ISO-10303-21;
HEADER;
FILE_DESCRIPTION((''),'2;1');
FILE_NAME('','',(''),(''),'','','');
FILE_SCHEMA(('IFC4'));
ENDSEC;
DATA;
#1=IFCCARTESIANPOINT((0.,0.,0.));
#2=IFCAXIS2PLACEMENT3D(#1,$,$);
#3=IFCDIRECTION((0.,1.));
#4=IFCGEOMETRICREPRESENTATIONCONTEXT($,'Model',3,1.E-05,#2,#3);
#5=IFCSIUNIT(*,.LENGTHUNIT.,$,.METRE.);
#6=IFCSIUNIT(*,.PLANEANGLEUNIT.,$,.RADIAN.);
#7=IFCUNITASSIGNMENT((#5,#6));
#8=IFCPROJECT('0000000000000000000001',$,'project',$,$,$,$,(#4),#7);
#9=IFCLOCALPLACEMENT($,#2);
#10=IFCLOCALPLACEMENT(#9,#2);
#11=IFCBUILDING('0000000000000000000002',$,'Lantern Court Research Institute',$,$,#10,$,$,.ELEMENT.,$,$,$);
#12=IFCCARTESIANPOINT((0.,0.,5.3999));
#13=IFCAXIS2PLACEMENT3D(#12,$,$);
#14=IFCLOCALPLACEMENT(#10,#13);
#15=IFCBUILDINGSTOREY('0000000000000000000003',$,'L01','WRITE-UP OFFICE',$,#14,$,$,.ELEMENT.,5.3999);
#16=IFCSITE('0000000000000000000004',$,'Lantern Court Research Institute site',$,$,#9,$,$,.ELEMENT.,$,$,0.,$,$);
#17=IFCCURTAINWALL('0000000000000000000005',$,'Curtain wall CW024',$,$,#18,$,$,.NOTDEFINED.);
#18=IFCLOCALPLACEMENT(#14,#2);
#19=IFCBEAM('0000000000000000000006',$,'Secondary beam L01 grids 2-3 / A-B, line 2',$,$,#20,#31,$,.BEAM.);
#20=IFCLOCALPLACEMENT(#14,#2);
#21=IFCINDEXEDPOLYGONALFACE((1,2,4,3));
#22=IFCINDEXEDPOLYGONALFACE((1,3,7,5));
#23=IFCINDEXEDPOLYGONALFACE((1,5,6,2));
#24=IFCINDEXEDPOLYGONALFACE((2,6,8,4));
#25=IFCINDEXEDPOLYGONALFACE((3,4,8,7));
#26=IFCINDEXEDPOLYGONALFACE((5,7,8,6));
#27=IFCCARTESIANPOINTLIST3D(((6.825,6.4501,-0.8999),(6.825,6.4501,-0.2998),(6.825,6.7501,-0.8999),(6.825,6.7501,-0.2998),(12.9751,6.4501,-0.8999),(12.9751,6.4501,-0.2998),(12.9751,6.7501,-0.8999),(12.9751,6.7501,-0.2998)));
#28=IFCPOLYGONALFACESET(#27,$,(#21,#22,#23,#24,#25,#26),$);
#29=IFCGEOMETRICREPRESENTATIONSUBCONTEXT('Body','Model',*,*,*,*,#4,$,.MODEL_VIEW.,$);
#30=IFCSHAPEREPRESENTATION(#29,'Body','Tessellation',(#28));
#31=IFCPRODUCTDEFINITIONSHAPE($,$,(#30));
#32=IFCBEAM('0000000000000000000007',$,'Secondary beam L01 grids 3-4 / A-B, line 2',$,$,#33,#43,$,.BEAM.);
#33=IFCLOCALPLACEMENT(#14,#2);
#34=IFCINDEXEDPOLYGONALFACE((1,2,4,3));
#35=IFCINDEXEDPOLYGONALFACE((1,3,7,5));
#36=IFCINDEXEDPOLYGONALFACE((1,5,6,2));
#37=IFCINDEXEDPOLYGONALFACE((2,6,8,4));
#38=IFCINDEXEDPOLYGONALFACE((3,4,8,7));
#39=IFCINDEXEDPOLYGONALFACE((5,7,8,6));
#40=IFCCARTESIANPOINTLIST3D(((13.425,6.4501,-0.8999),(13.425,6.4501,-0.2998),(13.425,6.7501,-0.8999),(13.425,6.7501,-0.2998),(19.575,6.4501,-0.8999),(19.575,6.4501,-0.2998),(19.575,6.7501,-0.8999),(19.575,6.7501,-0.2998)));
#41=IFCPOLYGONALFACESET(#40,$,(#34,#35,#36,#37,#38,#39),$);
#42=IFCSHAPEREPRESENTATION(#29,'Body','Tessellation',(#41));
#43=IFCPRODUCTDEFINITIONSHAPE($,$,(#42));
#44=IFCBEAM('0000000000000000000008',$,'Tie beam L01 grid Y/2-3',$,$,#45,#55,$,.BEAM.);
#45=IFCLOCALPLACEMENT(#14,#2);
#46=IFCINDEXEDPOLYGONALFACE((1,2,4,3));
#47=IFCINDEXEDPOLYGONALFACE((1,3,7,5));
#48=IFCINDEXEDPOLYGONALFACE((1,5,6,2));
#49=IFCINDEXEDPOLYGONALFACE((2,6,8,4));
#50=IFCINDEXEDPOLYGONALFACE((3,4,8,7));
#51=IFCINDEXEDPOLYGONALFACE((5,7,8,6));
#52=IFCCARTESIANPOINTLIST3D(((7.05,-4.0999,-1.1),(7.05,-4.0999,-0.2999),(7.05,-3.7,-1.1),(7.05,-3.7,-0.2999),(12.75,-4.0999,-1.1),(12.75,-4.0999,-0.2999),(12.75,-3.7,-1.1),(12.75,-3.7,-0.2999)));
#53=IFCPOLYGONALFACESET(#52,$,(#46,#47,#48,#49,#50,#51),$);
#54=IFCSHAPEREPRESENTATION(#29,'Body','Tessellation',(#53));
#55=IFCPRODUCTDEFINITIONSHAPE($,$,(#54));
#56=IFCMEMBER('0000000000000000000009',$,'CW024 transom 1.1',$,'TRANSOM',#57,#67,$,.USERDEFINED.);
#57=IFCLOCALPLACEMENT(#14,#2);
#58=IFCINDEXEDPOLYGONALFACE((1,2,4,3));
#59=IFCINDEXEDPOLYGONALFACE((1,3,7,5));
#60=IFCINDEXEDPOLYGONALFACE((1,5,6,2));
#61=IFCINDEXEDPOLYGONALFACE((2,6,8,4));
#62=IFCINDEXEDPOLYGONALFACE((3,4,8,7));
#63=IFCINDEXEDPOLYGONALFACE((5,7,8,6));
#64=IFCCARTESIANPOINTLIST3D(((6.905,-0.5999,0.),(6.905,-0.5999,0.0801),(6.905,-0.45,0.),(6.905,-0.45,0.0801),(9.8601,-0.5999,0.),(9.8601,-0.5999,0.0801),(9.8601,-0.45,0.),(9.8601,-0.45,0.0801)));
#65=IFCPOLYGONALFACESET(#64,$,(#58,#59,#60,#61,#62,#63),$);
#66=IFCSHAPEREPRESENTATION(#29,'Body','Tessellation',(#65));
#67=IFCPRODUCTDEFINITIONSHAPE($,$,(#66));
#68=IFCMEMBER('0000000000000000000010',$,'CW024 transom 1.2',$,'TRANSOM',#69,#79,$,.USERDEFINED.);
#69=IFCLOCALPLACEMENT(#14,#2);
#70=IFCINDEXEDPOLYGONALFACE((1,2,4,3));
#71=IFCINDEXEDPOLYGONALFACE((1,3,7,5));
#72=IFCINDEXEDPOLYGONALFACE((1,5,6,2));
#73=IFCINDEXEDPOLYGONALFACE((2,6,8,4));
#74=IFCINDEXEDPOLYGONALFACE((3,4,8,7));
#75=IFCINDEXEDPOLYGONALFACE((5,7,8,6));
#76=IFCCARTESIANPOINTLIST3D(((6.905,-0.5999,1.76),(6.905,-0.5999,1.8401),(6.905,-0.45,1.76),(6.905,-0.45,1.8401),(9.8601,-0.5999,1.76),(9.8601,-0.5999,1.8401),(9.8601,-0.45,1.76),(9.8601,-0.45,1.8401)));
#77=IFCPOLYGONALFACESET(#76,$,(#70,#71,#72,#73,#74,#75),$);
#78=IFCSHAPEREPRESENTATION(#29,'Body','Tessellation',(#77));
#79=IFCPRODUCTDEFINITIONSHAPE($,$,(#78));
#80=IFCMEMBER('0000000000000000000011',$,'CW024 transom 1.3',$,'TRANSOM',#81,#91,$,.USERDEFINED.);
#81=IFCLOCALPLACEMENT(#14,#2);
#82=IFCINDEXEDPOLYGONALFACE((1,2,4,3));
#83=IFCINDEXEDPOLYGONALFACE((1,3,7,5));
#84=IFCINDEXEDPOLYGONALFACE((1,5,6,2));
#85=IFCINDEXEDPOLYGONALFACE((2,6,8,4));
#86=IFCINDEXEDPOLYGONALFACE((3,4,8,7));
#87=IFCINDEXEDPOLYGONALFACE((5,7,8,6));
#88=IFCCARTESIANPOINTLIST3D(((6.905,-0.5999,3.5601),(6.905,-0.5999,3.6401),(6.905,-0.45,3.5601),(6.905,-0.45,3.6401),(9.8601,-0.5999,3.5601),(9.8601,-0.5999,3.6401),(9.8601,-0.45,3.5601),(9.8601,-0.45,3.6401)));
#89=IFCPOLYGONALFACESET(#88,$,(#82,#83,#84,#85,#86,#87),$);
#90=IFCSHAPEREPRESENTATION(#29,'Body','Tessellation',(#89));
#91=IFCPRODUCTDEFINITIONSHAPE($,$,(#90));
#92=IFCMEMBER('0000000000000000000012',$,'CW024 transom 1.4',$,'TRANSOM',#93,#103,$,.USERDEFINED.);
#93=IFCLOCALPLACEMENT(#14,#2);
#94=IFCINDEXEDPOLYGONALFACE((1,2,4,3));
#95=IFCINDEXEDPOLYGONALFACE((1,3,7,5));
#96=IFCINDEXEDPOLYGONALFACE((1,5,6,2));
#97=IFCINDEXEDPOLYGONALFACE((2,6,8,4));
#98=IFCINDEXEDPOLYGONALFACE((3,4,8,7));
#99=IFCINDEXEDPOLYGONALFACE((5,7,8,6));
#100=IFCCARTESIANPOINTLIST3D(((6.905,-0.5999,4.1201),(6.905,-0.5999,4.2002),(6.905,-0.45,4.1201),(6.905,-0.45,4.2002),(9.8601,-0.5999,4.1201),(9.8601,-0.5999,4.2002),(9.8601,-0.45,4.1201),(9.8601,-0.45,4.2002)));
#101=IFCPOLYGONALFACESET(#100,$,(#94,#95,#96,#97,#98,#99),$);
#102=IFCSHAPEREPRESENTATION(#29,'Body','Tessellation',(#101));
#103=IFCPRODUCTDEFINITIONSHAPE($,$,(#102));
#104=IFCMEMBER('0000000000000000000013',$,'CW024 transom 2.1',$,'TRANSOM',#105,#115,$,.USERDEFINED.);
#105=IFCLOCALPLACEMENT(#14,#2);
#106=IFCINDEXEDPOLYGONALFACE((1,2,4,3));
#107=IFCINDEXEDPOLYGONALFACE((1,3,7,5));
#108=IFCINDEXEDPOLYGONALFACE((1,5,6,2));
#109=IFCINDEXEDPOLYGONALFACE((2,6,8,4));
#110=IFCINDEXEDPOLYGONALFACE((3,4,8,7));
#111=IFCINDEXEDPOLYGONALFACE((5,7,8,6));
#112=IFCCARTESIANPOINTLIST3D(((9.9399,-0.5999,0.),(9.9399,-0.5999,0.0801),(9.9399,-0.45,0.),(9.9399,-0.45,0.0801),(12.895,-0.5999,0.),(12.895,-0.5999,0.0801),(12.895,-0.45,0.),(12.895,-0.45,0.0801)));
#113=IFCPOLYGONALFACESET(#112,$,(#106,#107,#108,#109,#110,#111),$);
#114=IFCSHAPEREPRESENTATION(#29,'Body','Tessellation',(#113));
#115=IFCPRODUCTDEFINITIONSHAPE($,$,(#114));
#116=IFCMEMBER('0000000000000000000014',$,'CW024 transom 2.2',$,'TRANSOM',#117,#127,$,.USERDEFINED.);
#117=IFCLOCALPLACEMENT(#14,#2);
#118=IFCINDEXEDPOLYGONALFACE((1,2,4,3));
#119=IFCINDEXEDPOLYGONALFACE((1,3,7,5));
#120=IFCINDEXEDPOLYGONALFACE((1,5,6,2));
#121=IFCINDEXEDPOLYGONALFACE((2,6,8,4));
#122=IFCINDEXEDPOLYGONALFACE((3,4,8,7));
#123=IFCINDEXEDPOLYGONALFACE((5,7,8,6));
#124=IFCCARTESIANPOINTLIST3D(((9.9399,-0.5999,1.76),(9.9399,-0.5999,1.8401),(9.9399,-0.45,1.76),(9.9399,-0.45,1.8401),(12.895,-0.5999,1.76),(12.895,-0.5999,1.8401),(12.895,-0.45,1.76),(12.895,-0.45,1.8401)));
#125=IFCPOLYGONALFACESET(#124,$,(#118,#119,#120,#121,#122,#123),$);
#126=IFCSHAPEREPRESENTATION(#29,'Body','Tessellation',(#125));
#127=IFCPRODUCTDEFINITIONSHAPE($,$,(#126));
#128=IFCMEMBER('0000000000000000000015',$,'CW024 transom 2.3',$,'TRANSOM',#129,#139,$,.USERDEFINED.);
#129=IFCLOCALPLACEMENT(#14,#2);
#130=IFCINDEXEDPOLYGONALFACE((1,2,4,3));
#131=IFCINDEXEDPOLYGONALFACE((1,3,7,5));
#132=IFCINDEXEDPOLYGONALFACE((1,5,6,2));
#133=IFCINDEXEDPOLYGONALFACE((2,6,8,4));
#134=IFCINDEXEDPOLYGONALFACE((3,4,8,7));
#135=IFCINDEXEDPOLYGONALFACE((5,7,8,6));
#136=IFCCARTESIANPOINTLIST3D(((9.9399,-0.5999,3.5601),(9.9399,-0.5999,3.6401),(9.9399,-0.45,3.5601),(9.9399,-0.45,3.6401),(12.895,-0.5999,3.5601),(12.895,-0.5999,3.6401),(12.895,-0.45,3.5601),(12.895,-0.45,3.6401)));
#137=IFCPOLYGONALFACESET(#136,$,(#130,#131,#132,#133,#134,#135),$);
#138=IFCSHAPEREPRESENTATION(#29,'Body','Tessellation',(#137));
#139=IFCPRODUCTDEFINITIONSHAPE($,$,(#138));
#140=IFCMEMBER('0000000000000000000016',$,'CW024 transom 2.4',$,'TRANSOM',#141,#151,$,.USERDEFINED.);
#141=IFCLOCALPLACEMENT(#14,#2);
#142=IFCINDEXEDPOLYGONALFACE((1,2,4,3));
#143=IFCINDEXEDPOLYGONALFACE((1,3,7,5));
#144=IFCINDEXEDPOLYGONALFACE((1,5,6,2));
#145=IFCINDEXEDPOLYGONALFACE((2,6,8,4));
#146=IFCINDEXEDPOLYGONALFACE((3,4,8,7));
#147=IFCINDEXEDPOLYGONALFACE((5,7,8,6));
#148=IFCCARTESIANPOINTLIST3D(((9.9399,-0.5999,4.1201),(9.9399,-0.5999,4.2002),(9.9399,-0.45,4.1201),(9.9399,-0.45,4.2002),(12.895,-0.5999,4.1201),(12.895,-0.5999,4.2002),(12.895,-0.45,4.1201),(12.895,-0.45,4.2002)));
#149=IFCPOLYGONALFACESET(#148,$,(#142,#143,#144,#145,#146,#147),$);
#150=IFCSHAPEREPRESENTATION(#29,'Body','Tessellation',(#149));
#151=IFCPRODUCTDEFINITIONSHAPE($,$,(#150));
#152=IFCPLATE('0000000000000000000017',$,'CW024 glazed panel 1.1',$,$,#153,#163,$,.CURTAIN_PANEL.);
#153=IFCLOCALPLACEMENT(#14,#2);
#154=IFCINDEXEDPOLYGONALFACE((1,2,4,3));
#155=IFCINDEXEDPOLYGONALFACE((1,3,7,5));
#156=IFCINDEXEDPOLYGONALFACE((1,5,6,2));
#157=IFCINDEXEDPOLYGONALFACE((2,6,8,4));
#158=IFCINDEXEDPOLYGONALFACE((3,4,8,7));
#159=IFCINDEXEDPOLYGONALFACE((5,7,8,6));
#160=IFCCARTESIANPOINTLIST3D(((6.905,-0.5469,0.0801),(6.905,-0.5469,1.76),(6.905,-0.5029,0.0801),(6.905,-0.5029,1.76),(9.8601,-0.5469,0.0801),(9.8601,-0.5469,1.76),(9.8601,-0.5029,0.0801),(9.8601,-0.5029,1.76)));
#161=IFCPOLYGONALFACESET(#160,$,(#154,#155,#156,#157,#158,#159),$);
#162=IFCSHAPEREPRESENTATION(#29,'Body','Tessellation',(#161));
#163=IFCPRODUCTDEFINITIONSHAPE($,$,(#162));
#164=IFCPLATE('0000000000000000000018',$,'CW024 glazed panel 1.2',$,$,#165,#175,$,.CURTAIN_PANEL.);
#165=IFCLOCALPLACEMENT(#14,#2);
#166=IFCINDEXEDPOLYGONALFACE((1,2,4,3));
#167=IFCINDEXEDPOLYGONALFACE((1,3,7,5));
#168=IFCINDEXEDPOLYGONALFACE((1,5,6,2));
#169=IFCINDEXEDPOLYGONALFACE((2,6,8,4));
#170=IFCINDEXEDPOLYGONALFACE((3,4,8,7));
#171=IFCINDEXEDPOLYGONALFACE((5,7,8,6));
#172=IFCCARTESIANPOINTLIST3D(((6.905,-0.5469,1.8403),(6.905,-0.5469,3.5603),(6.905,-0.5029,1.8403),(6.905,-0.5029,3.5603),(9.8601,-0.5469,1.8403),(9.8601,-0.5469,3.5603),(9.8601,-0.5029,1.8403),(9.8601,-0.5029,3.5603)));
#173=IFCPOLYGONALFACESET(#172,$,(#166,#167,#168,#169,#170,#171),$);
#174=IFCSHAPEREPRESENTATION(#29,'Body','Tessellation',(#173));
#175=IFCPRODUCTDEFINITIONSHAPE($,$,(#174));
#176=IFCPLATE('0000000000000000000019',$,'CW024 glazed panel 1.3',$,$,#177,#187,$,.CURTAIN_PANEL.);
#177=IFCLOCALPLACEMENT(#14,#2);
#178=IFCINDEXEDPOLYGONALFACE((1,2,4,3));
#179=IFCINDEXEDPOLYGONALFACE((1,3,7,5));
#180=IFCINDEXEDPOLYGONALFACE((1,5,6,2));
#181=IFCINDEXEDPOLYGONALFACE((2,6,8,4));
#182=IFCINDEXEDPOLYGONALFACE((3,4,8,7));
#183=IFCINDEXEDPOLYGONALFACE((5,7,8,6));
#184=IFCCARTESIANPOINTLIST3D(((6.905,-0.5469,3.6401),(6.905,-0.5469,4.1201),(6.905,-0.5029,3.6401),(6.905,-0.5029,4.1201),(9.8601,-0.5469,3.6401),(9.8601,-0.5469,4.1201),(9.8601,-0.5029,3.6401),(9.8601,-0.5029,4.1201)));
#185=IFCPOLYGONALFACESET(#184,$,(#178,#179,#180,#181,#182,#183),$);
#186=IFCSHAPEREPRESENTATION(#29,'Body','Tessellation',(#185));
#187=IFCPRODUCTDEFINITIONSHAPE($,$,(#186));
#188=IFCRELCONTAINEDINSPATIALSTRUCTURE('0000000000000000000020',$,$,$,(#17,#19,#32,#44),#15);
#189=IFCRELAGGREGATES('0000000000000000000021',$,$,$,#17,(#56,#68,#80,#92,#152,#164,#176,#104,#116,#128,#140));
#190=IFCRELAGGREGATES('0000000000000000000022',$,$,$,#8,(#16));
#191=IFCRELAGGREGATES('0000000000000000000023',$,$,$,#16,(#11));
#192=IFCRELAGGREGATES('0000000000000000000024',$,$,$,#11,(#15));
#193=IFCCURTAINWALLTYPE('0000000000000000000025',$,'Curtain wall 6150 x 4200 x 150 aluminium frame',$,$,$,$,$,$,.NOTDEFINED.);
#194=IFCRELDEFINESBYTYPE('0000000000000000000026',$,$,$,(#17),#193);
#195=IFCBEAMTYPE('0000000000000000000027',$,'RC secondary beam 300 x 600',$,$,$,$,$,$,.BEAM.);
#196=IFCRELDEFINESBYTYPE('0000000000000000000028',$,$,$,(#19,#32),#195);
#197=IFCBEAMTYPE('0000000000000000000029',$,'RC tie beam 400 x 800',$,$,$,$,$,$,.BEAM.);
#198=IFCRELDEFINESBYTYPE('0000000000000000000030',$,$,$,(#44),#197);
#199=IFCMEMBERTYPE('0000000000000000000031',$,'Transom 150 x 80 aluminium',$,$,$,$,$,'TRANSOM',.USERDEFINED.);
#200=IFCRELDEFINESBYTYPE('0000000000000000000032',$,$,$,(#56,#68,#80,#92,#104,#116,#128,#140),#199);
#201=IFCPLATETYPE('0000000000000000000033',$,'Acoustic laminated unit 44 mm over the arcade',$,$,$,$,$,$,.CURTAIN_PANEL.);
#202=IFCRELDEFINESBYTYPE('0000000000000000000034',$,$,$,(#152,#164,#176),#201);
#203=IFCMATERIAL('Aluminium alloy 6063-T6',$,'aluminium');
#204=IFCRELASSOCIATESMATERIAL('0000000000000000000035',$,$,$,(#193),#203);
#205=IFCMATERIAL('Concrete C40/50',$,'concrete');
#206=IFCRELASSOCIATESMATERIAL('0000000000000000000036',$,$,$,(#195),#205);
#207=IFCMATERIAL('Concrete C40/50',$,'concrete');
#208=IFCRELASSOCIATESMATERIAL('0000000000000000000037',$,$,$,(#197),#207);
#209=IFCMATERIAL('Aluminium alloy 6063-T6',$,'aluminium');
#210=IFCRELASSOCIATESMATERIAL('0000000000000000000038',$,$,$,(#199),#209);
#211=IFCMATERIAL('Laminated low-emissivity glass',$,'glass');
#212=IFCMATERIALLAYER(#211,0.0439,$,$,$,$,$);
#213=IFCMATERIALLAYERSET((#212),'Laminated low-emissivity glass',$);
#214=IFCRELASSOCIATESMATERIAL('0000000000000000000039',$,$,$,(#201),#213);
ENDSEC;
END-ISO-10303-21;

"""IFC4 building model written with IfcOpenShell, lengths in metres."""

from ifc_helpers import new_model, si_unit, direction, frame, origin, origin_2d, place, context, subcontext, project, spatial, rectangle, extrude, material, layer, layer_set, material_profile, profile_set, type_object, element, aggregate, save


model = new_model("IFC4")

# Units and contexts
model_context = context("Model", 3, precision=1e-05, world=origin(), true_north=direction((0.0, 1.0)))
body_context = subcontext(model_context, "Body", "Model", "MODEL_VIEW")
ifc_project = project(units=[si_unit("LENGTHUNIT", "METRE"), si_unit("PLANEANGLEUNIT", "RADIAN")], contexts=[model_context])

# Site, building, storey
site_placement = place(None, origin())
site = spatial("IfcSite", under=ifc_project, at=site_placement, Name="Lantern Court Research Institute site", CompositionType="ELEMENT", RefElevation=0.0)
building_placement = place(site_placement, origin())
building = spatial("IfcBuilding", under=site, at=building_placement, Name="Lantern Court Research Institute", CompositionType="ELEMENT")
storey_placement = place(building_placement, frame((0.0, 0.0, 5.3999)))
storey = spatial("IfcBuildingStorey", under=building, at=storey_placement, Name="L01", Description="WRITE-UP OFFICE", CompositionType="ELEMENT", Elevation=5.3999)

# Curtain wall
ifc_material_1 = material(Name="Aluminium alloy 6063-T6", Category="aluminium")
curtain_wall_type = type_object("IfcCurtainWallType", Name="Curtain wall 6150 x 4200 x 150 aluminium frame", PredefinedType="NOTDEFINED", material=ifc_material_1)
curtain_wall_1_placement = place(storey_placement, origin())
curtain_wall_1 = element("IfcCurtainWall", 1, at=curtain_wall_1_placement, inside=storey, type_object=curtain_wall_type, Name="Curtain wall CW024", PredefinedType="NOTDEFINED")

# Beams
ifc_material_2 = material(Name="Concrete C40/50", Category="concrete")
ifc_material_profile_1 = material_profile(ifc_material_2, rectangle(XDim=0.3, YDim=0.6001, at=origin_2d()), Name="RC beam 300 x 600")
ifc_profile_set_1 = profile_set([ifc_material_profile_1], Name="Concrete C40/50")
beam_type_1 = type_object("IfcBeamType", Name="RC secondary beam 300 x 600", PredefinedType="BEAM", material=ifc_profile_set_1)
beam_1_placement = place(storey_placement, frame((6.825, 6.6001, -0.5999), z_axis=(1.0, 0.0, 0.0), x_axis=(0.0, 1.0, 0.0)))
element("IfcBeam", 2, at=beam_1_placement, inside=storey, type_object=beam_type_1, Name="Secondary beam L01 grids 2-3 / A-B, line 2", PredefinedType="BEAM", context=body_context, shape_type="SweptSolid", body=[
    extrude(rectangle(XDim=0.3, YDim=0.6001, at=origin_2d()), origin(), (0.0, 0.0, 1.0), 6.1501),
])
beam_2_placement = place(storey_placement, frame((13.425, 6.6001, -0.5999), z_axis=(1.0, 0.0, 0.0), x_axis=(0.0, 1.0, 0.0)))
element("IfcBeam", 3, at=beam_2_placement, inside=storey, type_object=beam_type_1, Name="Secondary beam L01 grids 3-4 / A-B, line 2", PredefinedType="BEAM", context=body_context, shape_type="SweptSolid", body=[
    extrude(rectangle(XDim=0.3, YDim=0.6001, at=origin_2d()), origin(), (0.0, 0.0, 1.0), 6.1499),
])
ifc_material_3 = material(Name="Concrete C40/50", Category="concrete")
ifc_material_profile_2 = material_profile(ifc_material_3, rectangle(XDim=0.3999, YDim=0.8, at=origin_2d()), Name="RC beam 400 x 800")
ifc_profile_set_2 = profile_set([ifc_material_profile_2], Name="Concrete C40/50")
beam_type_2 = type_object("IfcBeamType", Name="RC tie beam 400 x 800", PredefinedType="BEAM", material=ifc_profile_set_2)
beam_3_placement = place(storey_placement, frame((7.05, -3.8999, -0.7), z_axis=(1.0, 0.0, 0.0), x_axis=(0.0, 1.0, 0.0)))
element("IfcBeam", 4, at=beam_3_placement, inside=storey, type_object=beam_type_2, Name="Tie beam L01 grid Y/2-3", PredefinedType="BEAM", context=body_context, shape_type="SweptSolid", body=[
    extrude(rectangle(XDim=0.3999, YDim=0.8, at=origin_2d()), origin(), (0.0, 0.0, 1.0), 5.7),
])

# Members
ifc_material_4 = material(Name="Aluminium alloy 6063-T6", Category="aluminium")
ifc_material_profile_3 = material_profile(ifc_material_4, rectangle(XDim=0.1499, YDim=0.0801, at=origin_2d()), Name="Transom 150 x 80")
ifc_profile_set_3 = profile_set([ifc_material_profile_3], Name="Aluminium alloy 6063-T6")
member_type_1 = type_object("IfcMemberType", Name="Transom 150 x 80 aluminium", ElementType="TRANSOM", PredefinedType="USERDEFINED", material=ifc_profile_set_3)
member_1_placement = place(storey_placement, frame((9.8601, -0.5249, 0.04), z_axis=(-1.0, 0.0, 0.0), x_axis=(0.0, -1.0, 0.0)))
member_1 = element("IfcMember", 5, at=member_1_placement, type_object=member_type_1, Name="CW024 transom 1.1", ObjectType="TRANSOM", PredefinedType="USERDEFINED", context=body_context, shape_type="SweptSolid", body=[
    extrude(rectangle(XDim=0.1499, YDim=0.0801, at=origin_2d()), origin(), (0.0, 0.0, 1.0), 2.9551),
])
member_2_placement = place(storey_placement, frame((9.8601, -0.5249, 1.8), z_axis=(-1.0, 0.0, 0.0), x_axis=(0.0, -1.0, 0.0)))
member_2 = element("IfcMember", 6, at=member_2_placement, type_object=member_type_1, Name="CW024 transom 1.2", ObjectType="TRANSOM", PredefinedType="USERDEFINED", context=body_context, shape_type="SweptSolid", body=[
    extrude(rectangle(XDim=0.1499, YDim=0.0801, at=origin_2d()), origin(), (0.0, 0.0, 1.0), 2.9551),
])
member_3_placement = place(storey_placement, frame((9.8601, -0.5249, 3.6001), z_axis=(-1.0, 0.0, 0.0), x_axis=(0.0, -1.0, 0.0)))
member_3 = element("IfcMember", 7, at=member_3_placement, type_object=member_type_1, Name="CW024 transom 1.3", ObjectType="TRANSOM", PredefinedType="USERDEFINED", context=body_context, shape_type="SweptSolid", body=[
    extrude(rectangle(XDim=0.1499, YDim=0.0801, at=origin_2d()), origin(), (0.0, 0.0, 1.0), 2.9551),
])
member_4_placement = place(storey_placement, frame((9.8601, -0.5249, 4.1602), z_axis=(-1.0, 0.0, 0.0), x_axis=(0.0, -1.0, 0.0)))
member_4 = element("IfcMember", 8, at=member_4_placement, type_object=member_type_1, Name="CW024 transom 1.4", ObjectType="TRANSOM", PredefinedType="USERDEFINED", context=body_context, shape_type="SweptSolid", body=[
    extrude(rectangle(XDim=0.1499, YDim=0.0801, at=origin_2d()), origin(), (0.0, 0.0, 1.0), 2.9551),
])
member_5_placement = place(storey_placement, frame((12.895, -0.5249, 0.04), z_axis=(-1.0, 0.0, 0.0), x_axis=(0.0, -1.0, 0.0)))
member_5 = element("IfcMember", 9, at=member_5_placement, type_object=member_type_1, Name="CW024 transom 2.1", ObjectType="TRANSOM", PredefinedType="USERDEFINED", context=body_context, shape_type="SweptSolid", body=[
    extrude(rectangle(XDim=0.1499, YDim=0.0801, at=origin_2d()), origin(), (0.0, 0.0, 1.0), 2.9551),
])
member_6_placement = place(storey_placement, frame((12.895, -0.5249, 1.8), z_axis=(-1.0, 0.0, 0.0), x_axis=(0.0, -1.0, 0.0)))
member_6 = element("IfcMember", 10, at=member_6_placement, type_object=member_type_1, Name="CW024 transom 2.2", ObjectType="TRANSOM", PredefinedType="USERDEFINED", context=body_context, shape_type="SweptSolid", body=[
    extrude(rectangle(XDim=0.1499, YDim=0.0801, at=origin_2d()), origin(), (0.0, 0.0, 1.0), 2.9551),
])
member_7_placement = place(storey_placement, frame((12.895, -0.5249, 3.6001), z_axis=(-1.0, 0.0, 0.0), x_axis=(0.0, -1.0, 0.0)))
member_7 = element("IfcMember", 11, at=member_7_placement, type_object=member_type_1, Name="CW024 transom 2.3", ObjectType="TRANSOM", PredefinedType="USERDEFINED", context=body_context, shape_type="SweptSolid", body=[
    extrude(rectangle(XDim=0.1499, YDim=0.0801, at=origin_2d()), origin(), (0.0, 0.0, 1.0), 2.9551),
])
member_8_placement = place(storey_placement, frame((12.895, -0.5249, 4.1602), z_axis=(-1.0, 0.0, 0.0), x_axis=(0.0, -1.0, 0.0)))
member_8 = element("IfcMember", 12, at=member_8_placement, type_object=member_type_1, Name="CW024 transom 2.4", ObjectType="TRANSOM", PredefinedType="USERDEFINED", context=body_context, shape_type="SweptSolid", body=[
    extrude(rectangle(XDim=0.1499, YDim=0.0801, at=origin_2d()), origin(), (0.0, 0.0, 1.0), 2.9551),
])

# Plates
ifc_material_5 = material(Name="Laminated low-emissivity glass", Category="glass")
ifc_layer_1 = layer(ifc_material_5, 0.0439)
ifc_layer_set_1 = layer_set([ifc_layer_1], Name="Laminated low-emissivity glass")
plate_type = type_object("IfcPlateType", Name="Acoustic laminated unit 44 mm over the arcade", PredefinedType="CURTAIN_PANEL", material=ifc_layer_set_1)
plate_1_placement = place(storey_placement, frame((8.3826, -0.5249, 0.0801), z_axis=(0.0, 0.0, 1.0), x_axis=(-1.0, 0.0, 0.0)))
plate_1 = element("IfcPlate", 13, at=plate_1_placement, type_object=plate_type, Name="CW024 glazed panel 1.1", PredefinedType="CURTAIN_PANEL", context=body_context, shape_type="SweptSolid", body=[
    extrude(rectangle(XDim=2.9551, YDim=0.0439, at=origin_2d()), origin(), (0.0, 0.0, 1.0), 1.6799),
])
plate_2_placement = place(storey_placement, frame((8.3826, -0.5249, 1.8403), z_axis=(0.0, 0.0, 1.0), x_axis=(-1.0, 0.0, 0.0)))
plate_2 = element("IfcPlate", 14, at=plate_2_placement, type_object=plate_type, Name="CW024 glazed panel 1.2", PredefinedType="CURTAIN_PANEL", context=body_context, shape_type="SweptSolid", body=[
    extrude(rectangle(XDim=2.9551, YDim=0.0439, at=origin_2d()), origin(), (0.0, 0.0, 1.0), 1.72),
])
plate_3_placement = place(storey_placement, frame((8.3826, -0.5249, 3.6401), z_axis=(0.0, 0.0, 1.0), x_axis=(-1.0, 0.0, 0.0)))
plate_3 = element("IfcPlate", 15, at=plate_3_placement, type_object=plate_type, Name="CW024 glazed panel 1.3", PredefinedType="CURTAIN_PANEL", context=body_context, shape_type="SweptSolid", body=[
    extrude(rectangle(XDim=2.9551, YDim=0.0439, at=origin_2d()), origin(), (0.0, 0.0, 1.0), 0.48),
])
aggregate(curtain_wall_1, [member_1, member_2, member_3, member_4, plate_1, plate_2, plate_3, member_5, member_6, member_7, member_8])

save(model, "model.ifc")
